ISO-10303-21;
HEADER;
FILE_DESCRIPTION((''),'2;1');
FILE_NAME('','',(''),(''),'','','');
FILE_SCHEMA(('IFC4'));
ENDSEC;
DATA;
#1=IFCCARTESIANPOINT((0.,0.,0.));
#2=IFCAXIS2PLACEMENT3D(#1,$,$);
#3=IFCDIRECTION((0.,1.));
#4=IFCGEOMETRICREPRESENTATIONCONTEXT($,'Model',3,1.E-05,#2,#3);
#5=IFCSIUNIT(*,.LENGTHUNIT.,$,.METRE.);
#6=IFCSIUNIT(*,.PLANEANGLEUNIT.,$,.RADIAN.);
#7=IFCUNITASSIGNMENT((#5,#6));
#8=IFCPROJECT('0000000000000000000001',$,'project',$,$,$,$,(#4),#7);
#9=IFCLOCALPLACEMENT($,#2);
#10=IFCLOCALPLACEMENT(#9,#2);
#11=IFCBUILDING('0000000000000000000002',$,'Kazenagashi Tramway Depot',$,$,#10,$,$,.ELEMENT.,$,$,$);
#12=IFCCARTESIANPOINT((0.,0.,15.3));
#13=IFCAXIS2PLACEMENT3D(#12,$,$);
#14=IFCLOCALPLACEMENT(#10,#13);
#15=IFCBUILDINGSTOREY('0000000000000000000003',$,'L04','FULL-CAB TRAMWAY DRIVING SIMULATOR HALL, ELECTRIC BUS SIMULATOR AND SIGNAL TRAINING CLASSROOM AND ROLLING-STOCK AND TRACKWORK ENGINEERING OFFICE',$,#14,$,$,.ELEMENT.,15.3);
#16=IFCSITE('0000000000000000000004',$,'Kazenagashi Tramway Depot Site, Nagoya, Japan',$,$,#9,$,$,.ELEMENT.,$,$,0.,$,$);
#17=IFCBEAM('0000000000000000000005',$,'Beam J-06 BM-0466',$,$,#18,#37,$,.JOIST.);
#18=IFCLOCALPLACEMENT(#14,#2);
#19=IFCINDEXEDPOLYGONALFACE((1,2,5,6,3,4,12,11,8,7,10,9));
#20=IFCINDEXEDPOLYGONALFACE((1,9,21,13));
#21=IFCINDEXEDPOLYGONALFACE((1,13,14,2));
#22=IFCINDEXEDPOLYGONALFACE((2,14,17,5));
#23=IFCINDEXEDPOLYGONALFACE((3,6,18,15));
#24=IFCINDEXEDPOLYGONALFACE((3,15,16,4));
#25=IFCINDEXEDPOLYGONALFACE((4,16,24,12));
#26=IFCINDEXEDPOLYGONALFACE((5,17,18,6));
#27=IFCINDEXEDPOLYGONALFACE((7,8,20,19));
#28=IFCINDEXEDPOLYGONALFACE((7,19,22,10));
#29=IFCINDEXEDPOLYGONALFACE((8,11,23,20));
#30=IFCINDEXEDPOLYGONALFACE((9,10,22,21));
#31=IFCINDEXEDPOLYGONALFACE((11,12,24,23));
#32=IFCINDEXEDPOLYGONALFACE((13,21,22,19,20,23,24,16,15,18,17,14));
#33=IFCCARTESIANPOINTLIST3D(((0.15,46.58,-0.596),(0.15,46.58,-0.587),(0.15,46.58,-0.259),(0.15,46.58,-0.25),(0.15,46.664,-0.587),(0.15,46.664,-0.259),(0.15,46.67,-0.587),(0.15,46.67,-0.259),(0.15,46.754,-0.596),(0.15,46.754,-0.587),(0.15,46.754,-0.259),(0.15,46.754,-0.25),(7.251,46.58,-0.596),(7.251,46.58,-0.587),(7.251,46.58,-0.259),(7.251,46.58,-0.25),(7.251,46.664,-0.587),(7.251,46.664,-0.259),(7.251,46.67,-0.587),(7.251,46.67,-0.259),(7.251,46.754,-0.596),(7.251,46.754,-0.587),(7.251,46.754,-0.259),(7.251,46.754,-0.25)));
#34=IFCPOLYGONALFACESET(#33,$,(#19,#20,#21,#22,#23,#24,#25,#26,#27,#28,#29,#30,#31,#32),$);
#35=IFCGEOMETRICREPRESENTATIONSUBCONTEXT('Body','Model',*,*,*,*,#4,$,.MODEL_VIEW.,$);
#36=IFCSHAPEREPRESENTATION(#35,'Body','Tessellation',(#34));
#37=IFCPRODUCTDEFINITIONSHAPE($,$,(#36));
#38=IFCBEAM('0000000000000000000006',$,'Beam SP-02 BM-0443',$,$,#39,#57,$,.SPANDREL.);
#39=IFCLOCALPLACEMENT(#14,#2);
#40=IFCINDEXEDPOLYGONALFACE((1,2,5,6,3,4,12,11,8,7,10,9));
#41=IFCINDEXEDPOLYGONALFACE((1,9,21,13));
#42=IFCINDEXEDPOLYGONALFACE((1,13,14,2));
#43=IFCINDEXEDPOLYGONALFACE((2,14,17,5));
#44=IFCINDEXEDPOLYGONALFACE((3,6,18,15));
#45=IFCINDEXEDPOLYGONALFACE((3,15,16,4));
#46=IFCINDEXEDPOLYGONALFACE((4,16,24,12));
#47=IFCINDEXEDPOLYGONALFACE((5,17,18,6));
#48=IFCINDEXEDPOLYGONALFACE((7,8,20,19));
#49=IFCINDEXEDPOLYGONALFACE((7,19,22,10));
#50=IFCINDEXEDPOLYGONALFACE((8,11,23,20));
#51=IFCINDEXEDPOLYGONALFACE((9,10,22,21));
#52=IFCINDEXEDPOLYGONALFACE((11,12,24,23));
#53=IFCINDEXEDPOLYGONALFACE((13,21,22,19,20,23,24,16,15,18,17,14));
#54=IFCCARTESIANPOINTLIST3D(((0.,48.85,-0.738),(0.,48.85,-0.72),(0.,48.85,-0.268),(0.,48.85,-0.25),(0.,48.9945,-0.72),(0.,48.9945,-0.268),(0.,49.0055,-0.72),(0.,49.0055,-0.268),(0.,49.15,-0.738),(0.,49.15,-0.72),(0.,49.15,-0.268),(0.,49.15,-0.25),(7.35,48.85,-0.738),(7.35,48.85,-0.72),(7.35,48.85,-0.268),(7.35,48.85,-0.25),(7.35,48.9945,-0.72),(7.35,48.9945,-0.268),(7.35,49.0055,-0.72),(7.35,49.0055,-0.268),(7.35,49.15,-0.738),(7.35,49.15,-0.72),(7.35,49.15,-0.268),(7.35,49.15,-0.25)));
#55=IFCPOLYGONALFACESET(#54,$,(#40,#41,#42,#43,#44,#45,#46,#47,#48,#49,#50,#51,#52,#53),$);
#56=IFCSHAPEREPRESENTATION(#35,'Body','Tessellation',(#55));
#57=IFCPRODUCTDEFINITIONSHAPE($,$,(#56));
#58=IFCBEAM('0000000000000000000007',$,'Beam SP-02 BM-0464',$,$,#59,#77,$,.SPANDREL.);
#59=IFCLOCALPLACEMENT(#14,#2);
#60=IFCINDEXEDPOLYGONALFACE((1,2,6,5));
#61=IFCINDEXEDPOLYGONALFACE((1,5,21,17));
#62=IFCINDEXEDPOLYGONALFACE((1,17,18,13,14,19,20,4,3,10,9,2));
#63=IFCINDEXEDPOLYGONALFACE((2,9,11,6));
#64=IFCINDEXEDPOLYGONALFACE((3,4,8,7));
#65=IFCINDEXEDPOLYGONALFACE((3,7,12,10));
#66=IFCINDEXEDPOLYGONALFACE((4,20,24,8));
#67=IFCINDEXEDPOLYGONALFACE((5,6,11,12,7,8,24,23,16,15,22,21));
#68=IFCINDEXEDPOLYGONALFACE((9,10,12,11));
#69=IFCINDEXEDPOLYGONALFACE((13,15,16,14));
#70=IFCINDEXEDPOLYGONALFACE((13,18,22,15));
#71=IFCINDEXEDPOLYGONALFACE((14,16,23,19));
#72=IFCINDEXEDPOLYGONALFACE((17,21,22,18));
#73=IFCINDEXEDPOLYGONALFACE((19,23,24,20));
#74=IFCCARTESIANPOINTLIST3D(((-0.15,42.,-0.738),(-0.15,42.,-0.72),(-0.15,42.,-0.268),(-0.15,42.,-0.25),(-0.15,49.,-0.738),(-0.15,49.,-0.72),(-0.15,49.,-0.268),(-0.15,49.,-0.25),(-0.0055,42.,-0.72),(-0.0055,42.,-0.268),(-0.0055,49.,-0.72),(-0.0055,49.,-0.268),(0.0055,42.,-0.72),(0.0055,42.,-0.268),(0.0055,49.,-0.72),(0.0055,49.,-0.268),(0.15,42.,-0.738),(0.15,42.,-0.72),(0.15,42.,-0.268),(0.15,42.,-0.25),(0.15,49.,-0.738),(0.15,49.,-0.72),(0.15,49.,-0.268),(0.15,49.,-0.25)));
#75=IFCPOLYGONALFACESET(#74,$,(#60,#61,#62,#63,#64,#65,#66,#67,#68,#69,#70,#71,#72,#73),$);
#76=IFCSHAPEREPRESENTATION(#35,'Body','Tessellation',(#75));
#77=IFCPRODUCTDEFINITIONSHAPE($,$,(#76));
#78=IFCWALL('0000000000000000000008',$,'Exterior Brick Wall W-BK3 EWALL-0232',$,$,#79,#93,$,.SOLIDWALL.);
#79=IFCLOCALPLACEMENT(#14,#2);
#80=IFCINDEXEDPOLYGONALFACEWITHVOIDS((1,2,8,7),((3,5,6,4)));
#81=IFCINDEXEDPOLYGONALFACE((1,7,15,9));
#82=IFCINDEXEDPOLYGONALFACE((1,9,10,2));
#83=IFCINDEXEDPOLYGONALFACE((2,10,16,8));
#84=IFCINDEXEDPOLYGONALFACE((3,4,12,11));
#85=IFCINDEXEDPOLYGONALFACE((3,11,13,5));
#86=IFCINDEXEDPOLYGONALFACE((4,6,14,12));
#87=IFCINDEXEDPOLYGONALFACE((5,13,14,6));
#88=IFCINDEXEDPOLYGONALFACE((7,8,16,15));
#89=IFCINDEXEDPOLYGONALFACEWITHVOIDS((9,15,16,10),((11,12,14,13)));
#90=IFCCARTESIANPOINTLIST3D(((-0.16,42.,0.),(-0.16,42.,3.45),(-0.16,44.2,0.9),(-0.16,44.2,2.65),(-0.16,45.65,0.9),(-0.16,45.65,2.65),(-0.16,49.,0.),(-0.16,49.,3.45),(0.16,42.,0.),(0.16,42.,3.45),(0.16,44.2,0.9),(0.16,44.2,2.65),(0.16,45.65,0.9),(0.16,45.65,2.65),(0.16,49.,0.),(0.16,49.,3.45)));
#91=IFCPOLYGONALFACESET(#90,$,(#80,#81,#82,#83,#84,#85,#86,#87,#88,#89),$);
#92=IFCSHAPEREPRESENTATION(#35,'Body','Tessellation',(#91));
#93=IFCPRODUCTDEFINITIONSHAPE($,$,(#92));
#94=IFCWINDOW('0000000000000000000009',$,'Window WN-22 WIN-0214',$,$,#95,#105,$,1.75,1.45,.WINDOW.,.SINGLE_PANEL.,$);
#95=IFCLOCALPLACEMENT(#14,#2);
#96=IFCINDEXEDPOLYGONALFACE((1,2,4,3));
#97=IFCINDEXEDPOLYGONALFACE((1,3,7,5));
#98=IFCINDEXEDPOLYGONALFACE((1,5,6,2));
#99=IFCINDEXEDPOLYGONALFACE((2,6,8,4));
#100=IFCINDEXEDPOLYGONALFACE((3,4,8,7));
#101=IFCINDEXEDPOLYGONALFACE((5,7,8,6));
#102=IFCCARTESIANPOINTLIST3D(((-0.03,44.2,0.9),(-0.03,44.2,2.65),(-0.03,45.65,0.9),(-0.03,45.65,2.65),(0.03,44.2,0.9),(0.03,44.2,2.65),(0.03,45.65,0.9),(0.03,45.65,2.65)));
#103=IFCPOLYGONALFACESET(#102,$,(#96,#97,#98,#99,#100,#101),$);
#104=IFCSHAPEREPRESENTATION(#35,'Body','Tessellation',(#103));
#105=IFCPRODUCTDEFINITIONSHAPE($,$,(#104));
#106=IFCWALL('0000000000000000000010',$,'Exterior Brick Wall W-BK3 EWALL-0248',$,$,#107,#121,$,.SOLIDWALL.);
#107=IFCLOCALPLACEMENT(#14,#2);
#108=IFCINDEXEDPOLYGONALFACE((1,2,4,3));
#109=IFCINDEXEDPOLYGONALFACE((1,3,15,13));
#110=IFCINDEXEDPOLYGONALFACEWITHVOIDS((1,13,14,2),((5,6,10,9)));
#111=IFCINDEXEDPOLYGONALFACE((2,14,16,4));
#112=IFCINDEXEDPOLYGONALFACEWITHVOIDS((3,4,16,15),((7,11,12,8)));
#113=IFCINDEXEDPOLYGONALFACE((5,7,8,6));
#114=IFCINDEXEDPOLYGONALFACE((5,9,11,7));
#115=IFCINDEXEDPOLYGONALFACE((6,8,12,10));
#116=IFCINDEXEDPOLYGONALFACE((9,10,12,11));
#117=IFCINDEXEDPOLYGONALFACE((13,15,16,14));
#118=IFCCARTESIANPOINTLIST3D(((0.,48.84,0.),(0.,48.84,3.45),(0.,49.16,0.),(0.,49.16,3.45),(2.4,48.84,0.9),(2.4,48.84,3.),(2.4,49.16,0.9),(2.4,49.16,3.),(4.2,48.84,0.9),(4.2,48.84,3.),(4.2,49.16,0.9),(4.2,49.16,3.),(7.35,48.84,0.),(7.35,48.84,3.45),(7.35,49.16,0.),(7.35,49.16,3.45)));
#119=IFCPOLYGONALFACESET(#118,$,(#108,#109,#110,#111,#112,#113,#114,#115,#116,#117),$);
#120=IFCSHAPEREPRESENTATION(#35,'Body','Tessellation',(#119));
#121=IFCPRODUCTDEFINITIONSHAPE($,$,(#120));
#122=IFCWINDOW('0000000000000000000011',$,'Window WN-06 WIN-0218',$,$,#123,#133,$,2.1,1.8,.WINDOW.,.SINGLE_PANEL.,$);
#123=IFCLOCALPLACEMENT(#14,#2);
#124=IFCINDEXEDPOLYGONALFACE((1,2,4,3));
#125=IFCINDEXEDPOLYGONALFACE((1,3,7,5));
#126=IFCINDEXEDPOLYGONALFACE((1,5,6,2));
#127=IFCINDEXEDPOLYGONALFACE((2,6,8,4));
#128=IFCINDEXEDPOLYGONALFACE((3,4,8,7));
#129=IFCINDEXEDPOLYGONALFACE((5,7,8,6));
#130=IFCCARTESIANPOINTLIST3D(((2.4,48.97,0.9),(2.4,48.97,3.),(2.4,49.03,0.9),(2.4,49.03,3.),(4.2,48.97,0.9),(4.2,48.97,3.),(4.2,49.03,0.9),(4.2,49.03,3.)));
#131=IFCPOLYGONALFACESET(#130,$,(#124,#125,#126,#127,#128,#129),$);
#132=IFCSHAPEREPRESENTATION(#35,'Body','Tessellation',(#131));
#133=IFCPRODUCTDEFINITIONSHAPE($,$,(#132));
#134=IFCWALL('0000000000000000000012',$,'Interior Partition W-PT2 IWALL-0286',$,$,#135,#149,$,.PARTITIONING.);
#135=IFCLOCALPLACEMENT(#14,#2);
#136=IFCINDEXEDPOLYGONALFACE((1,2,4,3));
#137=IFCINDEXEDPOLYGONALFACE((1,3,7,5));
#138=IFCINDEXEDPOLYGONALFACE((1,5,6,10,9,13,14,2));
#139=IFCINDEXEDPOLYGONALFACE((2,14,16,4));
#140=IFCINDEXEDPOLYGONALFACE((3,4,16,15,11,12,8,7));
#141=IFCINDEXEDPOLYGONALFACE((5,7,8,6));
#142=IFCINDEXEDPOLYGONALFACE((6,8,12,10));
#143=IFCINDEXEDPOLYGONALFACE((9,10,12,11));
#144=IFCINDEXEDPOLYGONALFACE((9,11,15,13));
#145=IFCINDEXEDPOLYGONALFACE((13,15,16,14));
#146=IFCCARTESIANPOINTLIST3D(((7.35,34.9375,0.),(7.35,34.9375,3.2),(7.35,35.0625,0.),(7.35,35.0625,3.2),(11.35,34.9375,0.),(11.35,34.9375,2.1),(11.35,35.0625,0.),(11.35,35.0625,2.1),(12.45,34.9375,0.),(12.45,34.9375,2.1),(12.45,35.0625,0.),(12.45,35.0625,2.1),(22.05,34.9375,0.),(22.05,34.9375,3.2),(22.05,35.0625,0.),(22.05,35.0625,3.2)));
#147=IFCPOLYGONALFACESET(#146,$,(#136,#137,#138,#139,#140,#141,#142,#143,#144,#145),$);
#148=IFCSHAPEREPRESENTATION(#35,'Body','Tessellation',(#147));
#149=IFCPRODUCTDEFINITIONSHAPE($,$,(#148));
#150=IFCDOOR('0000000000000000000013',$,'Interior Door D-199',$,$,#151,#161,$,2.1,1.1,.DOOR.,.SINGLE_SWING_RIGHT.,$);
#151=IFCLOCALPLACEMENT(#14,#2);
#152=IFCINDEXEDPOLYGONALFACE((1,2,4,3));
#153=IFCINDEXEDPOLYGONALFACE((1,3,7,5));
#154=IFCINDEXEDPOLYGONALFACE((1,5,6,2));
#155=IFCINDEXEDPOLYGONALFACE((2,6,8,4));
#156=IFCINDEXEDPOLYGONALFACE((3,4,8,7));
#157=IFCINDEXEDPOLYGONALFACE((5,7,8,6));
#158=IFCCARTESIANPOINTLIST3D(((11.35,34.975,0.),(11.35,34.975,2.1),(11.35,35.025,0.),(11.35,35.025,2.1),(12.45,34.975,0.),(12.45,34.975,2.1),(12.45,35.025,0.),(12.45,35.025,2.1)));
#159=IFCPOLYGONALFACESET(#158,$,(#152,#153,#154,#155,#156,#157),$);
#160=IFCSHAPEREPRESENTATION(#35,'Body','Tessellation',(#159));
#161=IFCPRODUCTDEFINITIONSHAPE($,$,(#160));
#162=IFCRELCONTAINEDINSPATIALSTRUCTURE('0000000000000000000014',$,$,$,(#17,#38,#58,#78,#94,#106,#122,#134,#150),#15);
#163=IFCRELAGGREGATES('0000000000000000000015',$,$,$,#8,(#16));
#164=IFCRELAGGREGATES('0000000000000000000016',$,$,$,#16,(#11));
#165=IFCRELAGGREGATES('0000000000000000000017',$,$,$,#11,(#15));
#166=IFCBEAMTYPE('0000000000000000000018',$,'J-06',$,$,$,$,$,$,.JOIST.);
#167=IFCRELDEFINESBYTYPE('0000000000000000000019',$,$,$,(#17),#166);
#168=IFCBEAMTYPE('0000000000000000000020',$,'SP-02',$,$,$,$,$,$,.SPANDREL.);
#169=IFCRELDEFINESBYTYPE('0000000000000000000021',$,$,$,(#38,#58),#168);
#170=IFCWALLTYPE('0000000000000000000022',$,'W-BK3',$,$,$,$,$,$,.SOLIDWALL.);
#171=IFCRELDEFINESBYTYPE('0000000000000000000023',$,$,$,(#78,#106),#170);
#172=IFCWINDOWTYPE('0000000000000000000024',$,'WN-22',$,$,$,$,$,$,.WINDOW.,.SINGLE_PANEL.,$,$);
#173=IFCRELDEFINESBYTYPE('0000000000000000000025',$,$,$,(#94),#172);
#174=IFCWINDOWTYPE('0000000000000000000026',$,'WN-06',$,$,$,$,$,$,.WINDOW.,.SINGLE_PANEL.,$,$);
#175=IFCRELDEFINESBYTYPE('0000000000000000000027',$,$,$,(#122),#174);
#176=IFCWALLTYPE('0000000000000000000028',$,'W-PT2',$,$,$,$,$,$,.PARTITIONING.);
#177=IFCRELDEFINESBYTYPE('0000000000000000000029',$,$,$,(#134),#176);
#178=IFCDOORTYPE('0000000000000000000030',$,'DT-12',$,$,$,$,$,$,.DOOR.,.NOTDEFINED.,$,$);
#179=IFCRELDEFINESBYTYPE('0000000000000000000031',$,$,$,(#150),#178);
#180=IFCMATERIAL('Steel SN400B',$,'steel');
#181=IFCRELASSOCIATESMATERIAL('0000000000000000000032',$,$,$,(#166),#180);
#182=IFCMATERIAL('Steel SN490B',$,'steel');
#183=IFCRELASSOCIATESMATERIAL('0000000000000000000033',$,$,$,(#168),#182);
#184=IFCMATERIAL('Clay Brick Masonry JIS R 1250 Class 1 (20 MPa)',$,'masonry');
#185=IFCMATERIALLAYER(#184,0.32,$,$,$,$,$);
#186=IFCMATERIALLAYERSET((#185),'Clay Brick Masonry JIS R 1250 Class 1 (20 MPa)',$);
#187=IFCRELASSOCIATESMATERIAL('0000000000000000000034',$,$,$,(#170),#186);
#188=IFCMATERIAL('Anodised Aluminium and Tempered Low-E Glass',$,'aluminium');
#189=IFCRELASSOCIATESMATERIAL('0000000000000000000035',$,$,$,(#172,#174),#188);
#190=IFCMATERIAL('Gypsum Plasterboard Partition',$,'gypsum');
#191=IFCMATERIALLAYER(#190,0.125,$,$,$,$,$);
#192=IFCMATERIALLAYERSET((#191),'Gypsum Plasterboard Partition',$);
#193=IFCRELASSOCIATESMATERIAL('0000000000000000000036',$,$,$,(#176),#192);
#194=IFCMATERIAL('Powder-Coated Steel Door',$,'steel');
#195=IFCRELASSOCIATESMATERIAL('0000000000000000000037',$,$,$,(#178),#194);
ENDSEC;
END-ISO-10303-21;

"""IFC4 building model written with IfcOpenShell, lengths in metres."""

from ifc_helpers import new_model, si_unit, direction, frame, frame_2d, origin, origin_2d, place, context, subcontext, project, spatial, rectangle, i_section, extrude, material, layer, layer_set, material_profile, profile_set, type_object, element, fill, save


model = new_model("IFC4")

# Units and contexts
model_context = context("Model", 3, precision=1e-05, world=origin(), true_north=direction((0.0, 1.0)))
body_context = subcontext(model_context, "Body", "Model", "MODEL_VIEW")
ifc_project = project(units=[si_unit("LENGTHUNIT", "METRE"), si_unit("PLANEANGLEUNIT", "RADIAN")], contexts=[model_context])

# Site, building, storey
site_placement = place(None, origin())
site = spatial("IfcSite", under=ifc_project, at=site_placement, Name="Kazenagashi Tramway Depot Site, Nagoya, Japan", CompositionType="ELEMENT", RefElevation=0.0)
building_placement = place(site_placement, origin())
building = spatial("IfcBuilding", under=site, at=building_placement, Name="Kazenagashi Tramway Depot", CompositionType="ELEMENT")
storey_placement = place(building_placement, frame((0.0, 0.0, 15.3)))
storey = spatial("IfcBuildingStorey", under=building, at=storey_placement, Name="L04", Description="FULL-CAB TRAMWAY DRIVING SIMULATOR HALL, ELECTRIC BUS SIMULATOR AND SIGNAL TRAINING CLASSROOM AND ROLLING-STOCK AND TRACKWORK ENGINEERING OFFICE", CompositionType="ELEMENT", Elevation=15.3)

# Shared definitions
ifc_material_1 = material(Name="Steel SN490B", Category="steel")

# Beams
ifc_material_2 = material(Name="Steel SN400B", Category="steel")
ifc_material_profile_1 = material_profile(ifc_material_2, i_section(OverallWidth=0.174, OverallDepth=0.346, WebThickness=0.006, FlangeThickness=0.009, at=origin_2d()), Name="H-346x174x6x9")
ifc_profile_set_1 = profile_set([ifc_material_profile_1], Name="Steel SN400B")
beam_type_1 = type_object("IfcBeamType", Name="J-06", PredefinedType="JOIST", material=ifc_profile_set_1)
for number, where, z_axis, x_axis, name in (
    (1, (0.15, 46.667, -0.423), (1.0, 0.0, 0.0), (0.0, 1.0, 0.0), "Beam J-06 BM-0466"),
):
    element("IfcBeam", number, at=place(storey_placement, frame(where, z_axis=z_axis, x_axis=x_axis)), inside=storey, type_object=beam_type_1, Name=name, PredefinedType="JOIST", context=body_context, shape_type="SweptSolid", body=[
        extrude(i_section(OverallWidth=0.174, OverallDepth=0.346, WebThickness=0.006, FlangeThickness=0.009, at=origin_2d()), origin(), (0.0, 0.0, 1.0), 7.101),
    ])
ifc_material_profile_2 = material_profile(ifc_material_1, i_section(OverallWidth=0.3, OverallDepth=0.488, WebThickness=0.011, FlangeThickness=0.018, at=origin_2d()), Name="H-488x300x11x18")
ifc_profile_set_2 = profile_set([ifc_material_profile_2], Name="Steel SN490B")
beam_type_2 = type_object("IfcBeamType", Name="SP-02", PredefinedType="SPANDREL", material=ifc_profile_set_2)
beam_1_placement = place(storey_placement, frame((0.0, 49.0, -0.494), z_axis=(1.0, 0.0, 0.0), x_axis=(0.0, 1.0, 0.0)))
element("IfcBeam", 2, at=beam_1_placement, inside=storey, type_object=beam_type_2, Name="Beam SP-02 BM-0443", PredefinedType="SPANDREL", context=body_context, shape_type="SweptSolid", body=[
    extrude(i_section(OverallWidth=0.3, OverallDepth=0.488, WebThickness=0.011, FlangeThickness=0.018, at=origin_2d()), origin(), (0.0, 0.0, 1.0), 7.35),
])
beam_2_placement = place(storey_placement, frame((0.0, 42.0, -0.494), z_axis=(0.0, 1.0, 0.0), x_axis=(-1.0, 0.0, 0.0)))
element("IfcBeam", 3, at=beam_2_placement, inside=storey, type_object=beam_type_2, Name="Beam SP-02 BM-0464", PredefinedType="SPANDREL", context=body_context, shape_type="SweptSolid", body=[
    extrude(i_section(OverallWidth=0.3, OverallDepth=0.488, WebThickness=0.011, FlangeThickness=0.018, at=origin_2d()), origin(), (0.0, 0.0, 1.0), 7.0),
])

# Walls, openings, windows
ifc_material_3 = material(Name="Clay Brick Masonry JIS R 1250 Class 1 (20 MPa)", Category="masonry")
ifc_layer_1 = layer(ifc_material_3, 0.32)
ifc_layer_set_1 = layer_set([ifc_layer_1], Name="Clay Brick Masonry JIS R 1250 Class 1 (20 MPa)")
wall_type_1 = type_object("IfcWallType", Name="W-BK3", PredefinedType="SOLIDWALL", material=ifc_layer_set_1)
wall_1_placement = place(storey_placement, frame((0.0, 42.0, 0.0), z_axis=(0.0, 0.0, 1.0), x_axis=(0.0, 1.0, 0.0)))
wall_1 = element("IfcWall", 4, at=wall_1_placement, inside=storey, type_object=wall_type_1, Name="Exterior Brick Wall W-BK3 EWALL-0232", PredefinedType="SOLIDWALL", context=body_context, shape_type="SweptSolid", body=[
    extrude(rectangle(XDim=7.0, YDim=0.32, at=frame_2d((3.5, 0.0))), origin(), (0.0, 0.0, 1.0), 3.45),
])
opening_1_placement = place(wall_1_placement, frame((2.2, 0.0, 0.9)))
opening_1 = element("IfcOpeningElement", 5, at=opening_1_placement, cuts=wall_1, PredefinedType="OPENING", context=body_context, shape_type="SweptSolid", body=[
    extrude(rectangle(XDim=1.45, YDim=1.75, at=frame_2d((0.725, 0.875))), frame((0.0, 0.17, 0.0), z_axis=(0.0, -1.0, 0.0), x_axis=(1.0, 0.0, 0.0)), (0.0, 0.0, 1.0), 0.34),
])
ifc_material_4 = material(Name="Anodised Aluminium and Tempered Low-E Glass", Category="aluminium")
window_type_1 = type_object("IfcWindowType", Name="WN-22", PartitioningType="SINGLE_PANEL", PredefinedType="WINDOW", material=ifc_material_4)
window_1_placement = place(opening_1_placement, origin())
window_1 = element("IfcWindow", 6, at=window_1_placement, inside=storey, type_object=window_type_1, Name="Window WN-22 WIN-0214", OverallHeight=1.75, OverallWidth=1.45, PartitioningType="SINGLE_PANEL", PredefinedType="WINDOW", context=body_context, shape_type="SweptSolid", body=[
    extrude(rectangle(XDim=1.45, YDim=1.75, at=frame_2d((0.725, 0.875))), frame((0.0, 0.03, 0.0), z_axis=(0.0, -1.0, 0.0), x_axis=(1.0, 0.0, 0.0)), (0.0, 0.0, 1.0), 0.06),
])
fill(opening_1, window_1)
wall_2_placement = place(storey_placement, frame((0.0, 49.0, 0.0), z_axis=(0.0, 0.0, 1.0), x_axis=(1.0, 0.0, 0.0)))
wall_2 = element("IfcWall", 7, at=wall_2_placement, inside=storey, type_object=wall_type_1, Name="Exterior Brick Wall W-BK3 EWALL-0248", PredefinedType="SOLIDWALL", context=body_context, shape_type="SweptSolid", body=[
    extrude(rectangle(XDim=7.35, YDim=0.32, at=frame_2d((3.675, 0.0))), origin(), (0.0, 0.0, 1.0), 3.45),
])
opening_2_placement = place(wall_2_placement, frame((2.4, 0.0, 0.9)))
opening_2 = element("IfcOpeningElement", 8, at=opening_2_placement, cuts=wall_2, PredefinedType="OPENING", context=body_context, shape_type="SweptSolid", body=[
    extrude(rectangle(XDim=1.8, YDim=2.1, at=frame_2d((0.9, 1.05))), frame((0.0, 0.17, 0.0), z_axis=(0.0, -1.0, 0.0), x_axis=(1.0, 0.0, 0.0)), (0.0, 0.0, 1.0), 0.34),
])
window_type_2 = type_object("IfcWindowType", Name="WN-06", PartitioningType="SINGLE_PANEL", PredefinedType="WINDOW", material=ifc_material_4)
window_2_placement = place(opening_2_placement, origin())
window_2 = element("IfcWindow", 9, at=window_2_placement, inside=storey, type_object=window_type_2, Name="Window WN-06 WIN-0218", OverallHeight=2.1, OverallWidth=1.8, PartitioningType="SINGLE_PANEL", PredefinedType="WINDOW", context=body_context, shape_type="SweptSolid", body=[
    extrude(rectangle(XDim=1.8, YDim=2.1, at=frame_2d((0.9, 1.05))), frame((0.0, 0.03, 0.0), z_axis=(0.0, -1.0, 0.0), x_axis=(1.0, 0.0, 0.0)), (0.0, 0.0, 1.0), 0.06),
])
fill(opening_2, window_2)

# Wall, opening, door
ifc_material_5 = material(Name="Gypsum Plasterboard Partition", Category="gypsum")
ifc_layer_2 = layer(ifc_material_5, 0.125)
ifc_layer_set_2 = layer_set([ifc_layer_2], Name="Gypsum Plasterboard Partition")
wall_type_2 = type_object("IfcWallType", Name="W-PT2", PredefinedType="PARTITIONING", material=ifc_layer_set_2)
wall_3_placement = place(storey_placement, frame((7.35, 35.0, 0.0), z_axis=(0.0, 0.0, 1.0), x_axis=(1.0, 0.0, 0.0)))
wall_3 = element("IfcWall", 10, at=wall_3_placement, inside=storey, type_object=wall_type_2, Name="Interior Partition W-PT2 IWALL-0286", PredefinedType="PARTITIONING", context=body_context, shape_type="SweptSolid", body=[
    extrude(rectangle(XDim=14.7, YDim=0.125, at=frame_2d((7.35, 0.0))), origin(), (0.0, 0.0, 1.0), 3.2),
])
opening_3_placement = place(wall_3_placement, frame((4.0, 0.0, 0.0)))
opening_3 = element("IfcOpeningElement", 11, at=opening_3_placement, cuts=wall_3, PredefinedType="OPENING", context=body_context, shape_type="SweptSolid", body=[
    extrude(rectangle(XDim=1.1, YDim=2.1, at=frame_2d((0.55, 1.05))), frame((0.0, 0.0725, 0.0), z_axis=(0.0, -1.0, 0.0), x_axis=(1.0, 0.0, 0.0)), (0.0, 0.0, 1.0), 0.145),
])
ifc_material_6 = material(Name="Powder-Coated Steel Door", Category="steel")
door_type_1 = type_object("IfcDoorType", Name="DT-12", OperationType="NOTDEFINED", PredefinedType="DOOR", material=ifc_material_6)
door_1_placement = place(opening_3_placement, origin())
door_1 = element("IfcDoor", 12, at=door_1_placement, inside=storey, type_object=door_type_1, Name="Interior Door D-199", OperationType="SINGLE_SWING_RIGHT", OverallHeight=2.1, OverallWidth=1.1, PredefinedType="DOOR", context=body_context, shape_type="SweptSolid", body=[
    extrude(rectangle(XDim=1.1, YDim=2.1, at=frame_2d((0.55, 1.05))), frame((0.0, 0.025, 0.0), z_axis=(0.0, -1.0, 0.0), x_axis=(1.0, 0.0, 0.0)), (0.0, 0.0, 1.0), 0.05),
])
fill(opening_3, door_1)

save(model, "model.ifc")
